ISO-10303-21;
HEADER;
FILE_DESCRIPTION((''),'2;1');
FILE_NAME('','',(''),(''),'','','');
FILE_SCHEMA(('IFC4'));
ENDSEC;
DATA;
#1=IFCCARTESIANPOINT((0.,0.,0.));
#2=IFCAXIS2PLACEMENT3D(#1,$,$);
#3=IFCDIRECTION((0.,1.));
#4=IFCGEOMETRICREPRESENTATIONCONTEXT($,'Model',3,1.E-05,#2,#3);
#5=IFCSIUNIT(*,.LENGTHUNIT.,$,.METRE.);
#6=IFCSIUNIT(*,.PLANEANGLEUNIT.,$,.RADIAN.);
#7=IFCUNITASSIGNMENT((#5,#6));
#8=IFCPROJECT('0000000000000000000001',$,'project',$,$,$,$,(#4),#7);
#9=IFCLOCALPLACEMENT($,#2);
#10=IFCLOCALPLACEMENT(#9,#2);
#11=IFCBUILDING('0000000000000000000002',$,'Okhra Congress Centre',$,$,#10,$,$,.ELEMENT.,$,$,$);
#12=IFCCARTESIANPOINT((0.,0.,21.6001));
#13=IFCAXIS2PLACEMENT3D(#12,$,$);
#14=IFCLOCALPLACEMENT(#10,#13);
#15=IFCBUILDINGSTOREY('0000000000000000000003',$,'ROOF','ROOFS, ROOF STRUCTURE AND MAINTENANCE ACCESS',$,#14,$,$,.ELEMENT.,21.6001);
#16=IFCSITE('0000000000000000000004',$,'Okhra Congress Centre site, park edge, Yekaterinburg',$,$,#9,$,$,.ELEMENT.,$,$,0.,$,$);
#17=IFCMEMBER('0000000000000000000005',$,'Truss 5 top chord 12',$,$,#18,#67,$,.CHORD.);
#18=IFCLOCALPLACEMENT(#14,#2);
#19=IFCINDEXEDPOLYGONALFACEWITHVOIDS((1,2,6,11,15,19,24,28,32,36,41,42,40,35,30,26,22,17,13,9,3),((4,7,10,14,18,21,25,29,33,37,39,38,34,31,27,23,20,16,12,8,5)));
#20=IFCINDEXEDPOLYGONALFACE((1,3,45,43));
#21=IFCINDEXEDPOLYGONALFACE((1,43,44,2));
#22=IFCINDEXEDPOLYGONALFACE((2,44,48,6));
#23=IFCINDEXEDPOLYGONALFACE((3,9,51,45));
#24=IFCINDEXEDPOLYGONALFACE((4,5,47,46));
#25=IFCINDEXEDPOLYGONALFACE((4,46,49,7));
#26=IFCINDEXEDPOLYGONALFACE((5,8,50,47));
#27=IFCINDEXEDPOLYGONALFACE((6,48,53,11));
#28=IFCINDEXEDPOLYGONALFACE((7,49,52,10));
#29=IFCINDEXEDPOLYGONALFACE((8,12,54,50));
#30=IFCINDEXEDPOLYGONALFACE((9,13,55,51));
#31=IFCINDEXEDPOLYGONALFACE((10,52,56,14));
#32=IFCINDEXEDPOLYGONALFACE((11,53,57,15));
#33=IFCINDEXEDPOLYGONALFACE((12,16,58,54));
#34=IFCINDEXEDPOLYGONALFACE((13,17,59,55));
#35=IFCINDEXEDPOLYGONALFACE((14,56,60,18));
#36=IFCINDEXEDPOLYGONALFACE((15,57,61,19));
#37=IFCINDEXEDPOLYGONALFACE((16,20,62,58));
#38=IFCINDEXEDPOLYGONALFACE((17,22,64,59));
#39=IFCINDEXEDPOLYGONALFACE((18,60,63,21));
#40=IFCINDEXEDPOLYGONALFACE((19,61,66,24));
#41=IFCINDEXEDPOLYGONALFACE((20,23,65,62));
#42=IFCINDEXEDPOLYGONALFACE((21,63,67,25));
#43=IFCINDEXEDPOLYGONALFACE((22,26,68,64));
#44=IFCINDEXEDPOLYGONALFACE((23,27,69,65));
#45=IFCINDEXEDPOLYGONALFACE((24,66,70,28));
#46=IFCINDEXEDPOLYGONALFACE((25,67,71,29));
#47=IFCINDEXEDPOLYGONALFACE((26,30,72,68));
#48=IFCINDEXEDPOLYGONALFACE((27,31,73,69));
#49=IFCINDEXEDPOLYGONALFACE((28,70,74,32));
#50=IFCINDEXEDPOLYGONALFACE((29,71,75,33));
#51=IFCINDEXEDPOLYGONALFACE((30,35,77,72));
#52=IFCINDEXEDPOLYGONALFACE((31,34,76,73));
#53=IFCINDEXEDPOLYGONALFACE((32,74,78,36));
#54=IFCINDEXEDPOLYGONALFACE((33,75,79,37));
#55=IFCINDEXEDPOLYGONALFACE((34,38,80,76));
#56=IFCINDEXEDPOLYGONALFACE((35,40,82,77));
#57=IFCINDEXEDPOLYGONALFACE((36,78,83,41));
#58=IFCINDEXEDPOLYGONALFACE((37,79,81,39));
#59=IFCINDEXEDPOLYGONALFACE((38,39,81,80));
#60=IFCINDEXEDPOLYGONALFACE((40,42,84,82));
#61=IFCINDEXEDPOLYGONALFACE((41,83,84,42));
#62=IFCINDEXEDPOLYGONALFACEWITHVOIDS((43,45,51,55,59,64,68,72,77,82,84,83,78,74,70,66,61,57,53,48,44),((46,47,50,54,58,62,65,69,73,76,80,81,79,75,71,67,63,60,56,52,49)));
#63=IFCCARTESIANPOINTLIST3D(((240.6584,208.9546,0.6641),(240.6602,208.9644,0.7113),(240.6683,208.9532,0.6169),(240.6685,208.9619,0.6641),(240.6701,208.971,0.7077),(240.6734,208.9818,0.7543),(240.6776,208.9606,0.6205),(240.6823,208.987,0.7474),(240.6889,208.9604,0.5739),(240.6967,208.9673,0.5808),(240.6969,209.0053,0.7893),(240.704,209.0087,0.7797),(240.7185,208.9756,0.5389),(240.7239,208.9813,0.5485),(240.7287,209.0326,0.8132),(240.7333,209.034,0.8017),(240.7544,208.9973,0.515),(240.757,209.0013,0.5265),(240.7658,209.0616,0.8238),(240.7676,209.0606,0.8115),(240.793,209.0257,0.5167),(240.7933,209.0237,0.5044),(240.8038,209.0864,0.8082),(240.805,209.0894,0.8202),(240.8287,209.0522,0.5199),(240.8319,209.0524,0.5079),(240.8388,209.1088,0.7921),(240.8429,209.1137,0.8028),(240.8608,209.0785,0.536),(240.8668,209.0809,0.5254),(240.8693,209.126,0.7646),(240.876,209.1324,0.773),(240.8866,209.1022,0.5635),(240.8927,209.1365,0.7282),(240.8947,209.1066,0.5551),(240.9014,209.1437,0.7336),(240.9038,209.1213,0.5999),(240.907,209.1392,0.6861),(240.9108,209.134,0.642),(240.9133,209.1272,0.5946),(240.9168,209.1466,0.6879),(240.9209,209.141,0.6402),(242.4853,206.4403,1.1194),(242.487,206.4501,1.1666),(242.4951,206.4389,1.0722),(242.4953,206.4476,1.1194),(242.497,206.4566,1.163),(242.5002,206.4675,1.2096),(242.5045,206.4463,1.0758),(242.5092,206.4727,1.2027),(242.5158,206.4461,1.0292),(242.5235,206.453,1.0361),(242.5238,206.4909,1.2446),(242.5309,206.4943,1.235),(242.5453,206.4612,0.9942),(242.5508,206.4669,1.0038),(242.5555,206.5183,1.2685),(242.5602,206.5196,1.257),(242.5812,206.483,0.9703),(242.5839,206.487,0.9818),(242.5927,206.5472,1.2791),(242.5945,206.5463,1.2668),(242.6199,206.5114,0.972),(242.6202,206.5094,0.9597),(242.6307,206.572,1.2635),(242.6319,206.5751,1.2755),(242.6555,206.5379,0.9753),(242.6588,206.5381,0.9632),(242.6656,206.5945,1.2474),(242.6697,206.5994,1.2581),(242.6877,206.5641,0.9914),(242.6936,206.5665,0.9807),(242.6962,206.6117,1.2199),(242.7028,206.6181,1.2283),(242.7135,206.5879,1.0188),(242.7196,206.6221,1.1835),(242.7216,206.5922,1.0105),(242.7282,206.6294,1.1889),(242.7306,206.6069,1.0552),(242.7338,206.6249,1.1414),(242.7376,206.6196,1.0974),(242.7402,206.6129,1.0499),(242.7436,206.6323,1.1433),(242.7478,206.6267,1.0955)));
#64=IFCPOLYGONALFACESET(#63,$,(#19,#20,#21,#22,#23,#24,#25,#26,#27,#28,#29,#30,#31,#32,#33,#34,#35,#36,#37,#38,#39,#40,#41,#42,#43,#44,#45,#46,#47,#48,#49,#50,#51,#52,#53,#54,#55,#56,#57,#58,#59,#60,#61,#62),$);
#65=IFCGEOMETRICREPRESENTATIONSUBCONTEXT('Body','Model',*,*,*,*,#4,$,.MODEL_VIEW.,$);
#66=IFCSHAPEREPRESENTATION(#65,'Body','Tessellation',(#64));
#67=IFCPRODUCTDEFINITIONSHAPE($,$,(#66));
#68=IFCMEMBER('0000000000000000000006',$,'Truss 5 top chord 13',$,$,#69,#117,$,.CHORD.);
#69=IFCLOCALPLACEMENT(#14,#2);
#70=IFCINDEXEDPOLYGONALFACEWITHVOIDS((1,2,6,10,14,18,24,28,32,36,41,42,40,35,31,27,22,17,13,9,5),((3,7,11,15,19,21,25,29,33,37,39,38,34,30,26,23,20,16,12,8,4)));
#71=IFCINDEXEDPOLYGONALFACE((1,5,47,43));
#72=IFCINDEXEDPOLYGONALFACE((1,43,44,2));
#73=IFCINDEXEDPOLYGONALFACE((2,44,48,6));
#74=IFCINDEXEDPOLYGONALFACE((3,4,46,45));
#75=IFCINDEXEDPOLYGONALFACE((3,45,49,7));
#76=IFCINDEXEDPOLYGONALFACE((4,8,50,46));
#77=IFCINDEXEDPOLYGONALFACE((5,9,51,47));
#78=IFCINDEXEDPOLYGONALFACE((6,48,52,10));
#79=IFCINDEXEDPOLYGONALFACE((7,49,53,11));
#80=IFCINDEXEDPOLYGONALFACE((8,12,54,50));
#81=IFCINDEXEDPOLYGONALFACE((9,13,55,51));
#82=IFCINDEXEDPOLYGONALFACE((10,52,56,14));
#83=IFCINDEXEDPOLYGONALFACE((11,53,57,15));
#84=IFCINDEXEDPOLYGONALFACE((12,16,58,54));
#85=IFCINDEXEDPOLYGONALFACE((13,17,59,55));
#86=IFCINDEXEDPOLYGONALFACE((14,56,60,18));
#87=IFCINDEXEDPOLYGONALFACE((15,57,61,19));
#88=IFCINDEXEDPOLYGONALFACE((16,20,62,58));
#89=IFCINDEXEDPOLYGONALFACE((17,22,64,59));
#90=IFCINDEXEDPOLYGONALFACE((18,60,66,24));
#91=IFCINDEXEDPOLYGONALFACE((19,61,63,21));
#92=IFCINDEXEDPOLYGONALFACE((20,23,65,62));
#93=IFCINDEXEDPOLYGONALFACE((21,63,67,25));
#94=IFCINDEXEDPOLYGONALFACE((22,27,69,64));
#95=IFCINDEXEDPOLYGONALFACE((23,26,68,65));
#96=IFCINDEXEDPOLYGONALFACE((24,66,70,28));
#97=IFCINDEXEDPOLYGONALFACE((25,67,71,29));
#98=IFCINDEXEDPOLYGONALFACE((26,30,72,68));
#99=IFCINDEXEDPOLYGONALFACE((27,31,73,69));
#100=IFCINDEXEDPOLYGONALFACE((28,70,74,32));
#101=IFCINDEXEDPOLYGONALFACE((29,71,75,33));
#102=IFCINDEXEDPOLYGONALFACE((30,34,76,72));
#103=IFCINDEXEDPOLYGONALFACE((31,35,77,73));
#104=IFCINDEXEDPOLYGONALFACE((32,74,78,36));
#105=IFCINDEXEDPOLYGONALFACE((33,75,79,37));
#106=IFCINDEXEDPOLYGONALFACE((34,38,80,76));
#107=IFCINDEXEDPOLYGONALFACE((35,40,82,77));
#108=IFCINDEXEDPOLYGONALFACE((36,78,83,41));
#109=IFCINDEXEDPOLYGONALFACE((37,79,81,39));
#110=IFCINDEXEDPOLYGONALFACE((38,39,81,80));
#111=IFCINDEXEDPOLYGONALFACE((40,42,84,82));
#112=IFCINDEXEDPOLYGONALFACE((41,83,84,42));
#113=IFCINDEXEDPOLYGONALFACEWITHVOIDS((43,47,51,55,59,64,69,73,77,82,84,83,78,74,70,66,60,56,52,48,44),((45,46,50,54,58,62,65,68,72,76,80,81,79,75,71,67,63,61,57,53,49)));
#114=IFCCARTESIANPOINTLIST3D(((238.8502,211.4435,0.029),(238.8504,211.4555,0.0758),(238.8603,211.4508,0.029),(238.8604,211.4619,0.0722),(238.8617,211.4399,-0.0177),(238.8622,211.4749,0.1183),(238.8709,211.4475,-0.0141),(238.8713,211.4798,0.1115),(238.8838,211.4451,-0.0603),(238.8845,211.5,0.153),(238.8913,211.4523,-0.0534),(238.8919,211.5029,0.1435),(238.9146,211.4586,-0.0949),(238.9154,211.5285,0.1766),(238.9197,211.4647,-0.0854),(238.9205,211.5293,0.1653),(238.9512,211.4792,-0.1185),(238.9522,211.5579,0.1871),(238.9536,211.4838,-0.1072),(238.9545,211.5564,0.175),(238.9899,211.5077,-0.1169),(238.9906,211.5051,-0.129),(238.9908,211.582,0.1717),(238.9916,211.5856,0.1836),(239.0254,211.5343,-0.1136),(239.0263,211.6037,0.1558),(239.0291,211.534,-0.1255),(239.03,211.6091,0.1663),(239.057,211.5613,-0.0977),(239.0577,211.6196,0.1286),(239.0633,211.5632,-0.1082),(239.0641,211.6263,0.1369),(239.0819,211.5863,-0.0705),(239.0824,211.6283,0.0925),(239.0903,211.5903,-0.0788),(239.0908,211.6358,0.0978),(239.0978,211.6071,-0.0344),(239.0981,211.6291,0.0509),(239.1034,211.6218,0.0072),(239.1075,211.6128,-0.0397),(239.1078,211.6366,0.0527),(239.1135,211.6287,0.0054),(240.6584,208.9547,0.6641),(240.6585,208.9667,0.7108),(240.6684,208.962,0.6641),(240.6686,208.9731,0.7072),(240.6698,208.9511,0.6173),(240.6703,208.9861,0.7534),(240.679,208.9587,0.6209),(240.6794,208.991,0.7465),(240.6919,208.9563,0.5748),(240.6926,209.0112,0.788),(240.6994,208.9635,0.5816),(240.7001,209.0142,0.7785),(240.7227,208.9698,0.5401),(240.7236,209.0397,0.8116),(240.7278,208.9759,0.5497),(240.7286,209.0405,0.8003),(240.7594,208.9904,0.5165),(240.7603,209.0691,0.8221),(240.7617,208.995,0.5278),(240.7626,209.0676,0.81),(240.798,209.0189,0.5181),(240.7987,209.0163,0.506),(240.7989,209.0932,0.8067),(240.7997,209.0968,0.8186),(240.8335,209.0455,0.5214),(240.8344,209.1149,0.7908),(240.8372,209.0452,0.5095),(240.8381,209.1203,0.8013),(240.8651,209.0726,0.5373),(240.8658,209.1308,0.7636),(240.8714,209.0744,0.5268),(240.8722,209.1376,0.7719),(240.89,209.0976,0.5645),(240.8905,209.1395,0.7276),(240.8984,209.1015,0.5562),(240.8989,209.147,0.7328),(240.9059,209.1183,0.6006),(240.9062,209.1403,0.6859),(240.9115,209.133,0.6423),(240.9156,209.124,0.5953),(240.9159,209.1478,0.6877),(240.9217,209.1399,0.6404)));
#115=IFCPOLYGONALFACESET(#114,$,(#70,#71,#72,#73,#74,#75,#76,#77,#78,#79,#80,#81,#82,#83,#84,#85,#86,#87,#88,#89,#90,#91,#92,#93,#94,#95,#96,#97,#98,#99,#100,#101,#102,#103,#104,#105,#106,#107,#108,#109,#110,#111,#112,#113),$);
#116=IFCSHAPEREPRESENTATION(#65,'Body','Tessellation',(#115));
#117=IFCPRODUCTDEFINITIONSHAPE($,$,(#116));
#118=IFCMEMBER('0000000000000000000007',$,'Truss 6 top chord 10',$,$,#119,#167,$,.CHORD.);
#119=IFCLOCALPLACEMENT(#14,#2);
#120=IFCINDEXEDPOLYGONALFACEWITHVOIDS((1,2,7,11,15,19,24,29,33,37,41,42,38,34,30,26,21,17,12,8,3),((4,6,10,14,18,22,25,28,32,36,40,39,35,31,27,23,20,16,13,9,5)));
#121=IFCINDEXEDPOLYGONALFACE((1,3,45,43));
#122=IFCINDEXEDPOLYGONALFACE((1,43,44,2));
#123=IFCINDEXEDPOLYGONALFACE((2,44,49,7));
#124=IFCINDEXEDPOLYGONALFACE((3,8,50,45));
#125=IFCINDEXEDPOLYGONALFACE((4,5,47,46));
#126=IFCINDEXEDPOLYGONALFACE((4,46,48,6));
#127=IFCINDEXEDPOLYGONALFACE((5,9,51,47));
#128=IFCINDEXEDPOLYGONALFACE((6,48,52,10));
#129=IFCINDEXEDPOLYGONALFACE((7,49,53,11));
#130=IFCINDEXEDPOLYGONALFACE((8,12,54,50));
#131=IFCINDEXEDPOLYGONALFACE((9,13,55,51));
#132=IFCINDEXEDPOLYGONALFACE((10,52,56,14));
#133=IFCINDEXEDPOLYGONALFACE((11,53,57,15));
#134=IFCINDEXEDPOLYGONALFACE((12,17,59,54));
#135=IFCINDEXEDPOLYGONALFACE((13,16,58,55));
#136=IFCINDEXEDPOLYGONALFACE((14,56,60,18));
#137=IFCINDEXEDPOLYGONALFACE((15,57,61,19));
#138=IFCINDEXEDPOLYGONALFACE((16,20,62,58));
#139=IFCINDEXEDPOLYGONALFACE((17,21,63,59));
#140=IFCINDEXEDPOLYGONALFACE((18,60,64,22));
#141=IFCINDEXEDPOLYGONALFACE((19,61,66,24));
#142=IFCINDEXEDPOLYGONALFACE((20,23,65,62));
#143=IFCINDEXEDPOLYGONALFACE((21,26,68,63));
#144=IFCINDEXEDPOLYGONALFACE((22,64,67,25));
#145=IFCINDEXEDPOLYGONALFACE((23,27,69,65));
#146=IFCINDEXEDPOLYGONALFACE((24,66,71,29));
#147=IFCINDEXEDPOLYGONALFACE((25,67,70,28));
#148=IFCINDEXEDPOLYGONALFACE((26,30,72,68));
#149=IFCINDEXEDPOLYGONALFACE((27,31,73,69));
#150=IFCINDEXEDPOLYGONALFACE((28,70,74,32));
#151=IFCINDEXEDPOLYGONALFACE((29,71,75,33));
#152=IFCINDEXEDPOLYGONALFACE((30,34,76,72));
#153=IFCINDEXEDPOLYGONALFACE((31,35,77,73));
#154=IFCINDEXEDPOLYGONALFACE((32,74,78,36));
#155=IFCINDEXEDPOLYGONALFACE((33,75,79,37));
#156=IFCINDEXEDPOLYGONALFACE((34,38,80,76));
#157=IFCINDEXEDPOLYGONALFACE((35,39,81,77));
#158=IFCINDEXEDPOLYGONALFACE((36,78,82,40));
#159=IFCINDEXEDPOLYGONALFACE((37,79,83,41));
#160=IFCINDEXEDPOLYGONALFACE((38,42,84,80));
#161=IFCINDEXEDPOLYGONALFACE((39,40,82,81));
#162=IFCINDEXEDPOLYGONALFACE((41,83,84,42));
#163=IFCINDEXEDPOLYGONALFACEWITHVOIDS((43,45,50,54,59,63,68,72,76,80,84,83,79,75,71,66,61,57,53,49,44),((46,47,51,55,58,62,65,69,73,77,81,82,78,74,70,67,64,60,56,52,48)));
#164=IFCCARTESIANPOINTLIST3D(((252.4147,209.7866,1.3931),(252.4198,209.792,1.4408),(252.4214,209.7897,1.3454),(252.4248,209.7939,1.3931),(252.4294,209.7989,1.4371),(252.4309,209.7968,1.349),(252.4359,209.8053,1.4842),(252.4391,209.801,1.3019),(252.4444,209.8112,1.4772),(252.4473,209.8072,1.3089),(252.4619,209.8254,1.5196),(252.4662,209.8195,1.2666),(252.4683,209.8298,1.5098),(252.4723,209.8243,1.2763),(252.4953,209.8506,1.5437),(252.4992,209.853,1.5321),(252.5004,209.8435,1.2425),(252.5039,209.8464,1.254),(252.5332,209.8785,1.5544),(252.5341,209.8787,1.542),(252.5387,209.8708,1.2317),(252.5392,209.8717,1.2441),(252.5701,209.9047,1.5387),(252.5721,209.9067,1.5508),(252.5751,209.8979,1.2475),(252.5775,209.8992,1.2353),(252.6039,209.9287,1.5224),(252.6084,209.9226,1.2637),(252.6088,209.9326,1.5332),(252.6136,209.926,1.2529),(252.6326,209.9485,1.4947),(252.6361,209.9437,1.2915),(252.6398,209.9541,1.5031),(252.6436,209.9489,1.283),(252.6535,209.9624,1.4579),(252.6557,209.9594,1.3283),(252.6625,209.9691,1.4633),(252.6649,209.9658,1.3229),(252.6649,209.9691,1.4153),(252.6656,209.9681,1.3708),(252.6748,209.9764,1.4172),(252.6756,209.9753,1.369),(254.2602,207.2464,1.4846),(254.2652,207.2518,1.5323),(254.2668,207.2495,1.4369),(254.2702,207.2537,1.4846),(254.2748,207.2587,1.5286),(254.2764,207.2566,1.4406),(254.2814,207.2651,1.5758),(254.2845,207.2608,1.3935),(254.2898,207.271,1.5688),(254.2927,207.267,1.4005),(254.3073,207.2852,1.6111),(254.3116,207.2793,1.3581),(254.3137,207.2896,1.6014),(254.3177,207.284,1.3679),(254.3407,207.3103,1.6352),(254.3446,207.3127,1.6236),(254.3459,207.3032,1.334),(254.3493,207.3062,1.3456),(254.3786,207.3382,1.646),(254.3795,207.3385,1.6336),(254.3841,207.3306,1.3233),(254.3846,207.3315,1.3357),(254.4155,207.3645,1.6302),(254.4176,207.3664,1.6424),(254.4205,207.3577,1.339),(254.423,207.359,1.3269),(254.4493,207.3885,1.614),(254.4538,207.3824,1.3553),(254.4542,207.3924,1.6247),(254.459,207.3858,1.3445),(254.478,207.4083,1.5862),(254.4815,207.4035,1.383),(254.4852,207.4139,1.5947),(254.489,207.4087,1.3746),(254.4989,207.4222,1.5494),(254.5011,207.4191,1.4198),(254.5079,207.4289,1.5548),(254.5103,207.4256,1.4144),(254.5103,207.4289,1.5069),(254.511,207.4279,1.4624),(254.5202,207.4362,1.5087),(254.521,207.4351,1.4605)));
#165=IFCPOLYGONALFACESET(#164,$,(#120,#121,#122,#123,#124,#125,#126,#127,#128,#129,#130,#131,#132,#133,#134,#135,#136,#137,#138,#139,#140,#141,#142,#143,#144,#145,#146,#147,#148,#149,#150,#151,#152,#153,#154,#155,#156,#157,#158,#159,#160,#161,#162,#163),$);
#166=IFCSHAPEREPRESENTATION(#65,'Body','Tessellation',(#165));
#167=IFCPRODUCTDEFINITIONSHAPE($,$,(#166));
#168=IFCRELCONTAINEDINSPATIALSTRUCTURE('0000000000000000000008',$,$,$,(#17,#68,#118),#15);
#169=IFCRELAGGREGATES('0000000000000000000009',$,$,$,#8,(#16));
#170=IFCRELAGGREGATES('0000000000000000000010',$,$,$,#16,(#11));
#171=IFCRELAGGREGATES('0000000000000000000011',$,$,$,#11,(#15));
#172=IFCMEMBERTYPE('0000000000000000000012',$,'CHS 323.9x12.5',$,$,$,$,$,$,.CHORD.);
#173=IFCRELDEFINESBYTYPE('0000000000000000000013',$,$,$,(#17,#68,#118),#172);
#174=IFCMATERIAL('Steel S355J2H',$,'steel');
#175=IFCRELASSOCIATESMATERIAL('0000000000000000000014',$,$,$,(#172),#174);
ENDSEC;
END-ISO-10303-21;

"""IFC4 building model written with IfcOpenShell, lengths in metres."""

from ifc_helpers import new_model, si_unit, direction, frame, origin, origin_2d, place, context, subcontext, project, spatial, hollow_circle, extrude, material, material_profile, profile_set, type_object, element, save


model = new_model("IFC4")

# Units and contexts
model_context = context("Model", 3, precision=1e-05, world=origin(), true_north=direction((0.0, 1.0)))
body_context = subcontext(model_context, "Body", "Model", "MODEL_VIEW")
ifc_project = project(units=[si_unit("LENGTHUNIT", "METRE"), si_unit("PLANEANGLEUNIT", "RADIAN")], contexts=[model_context])

# Site, building, storey
site_placement = place(None, origin())
site = spatial("IfcSite", under=ifc_project, at=site_placement, Name="Okhra Congress Centre site, park edge, Yekaterinburg", CompositionType="ELEMENT", RefElevation=0.0)
building_placement = place(site_placement, origin())
building = spatial("IfcBuilding", under=site, at=building_placement, Name="Okhra Congress Centre", CompositionType="ELEMENT")
storey_placement = place(building_placement, frame((0.0, 0.0, 21.6001)))
storey = spatial("IfcBuildingStorey", under=building, at=storey_placement, Name="ROOF", Description="ROOFS, ROOF STRUCTURE AND MAINTENANCE ACCESS", CompositionType="ELEMENT", Elevation=21.6001)

# Members
ifc_material_1 = material(Name="Steel S355J2H", Category="steel")
ifc_material_profile_1 = material_profile(ifc_material_1, hollow_circle(Radius=0.1619, WallThickness=0.0125, at=origin_2d()), Name="CHS 323.9x12.5")
ifc_profile_set_1 = profile_set([ifc_material_profile_1], Name="Steel S355J2H")
member_type_1 = type_object("IfcMemberType", Name="CHS 323.9x12.5", PredefinedType="CHORD", material=ifc_profile_set_1)
for number, where, z_axis, x_axis, name in (
    (1, (242.6162, 206.5354, 1.1194), (-0.581595, 0.80046, -0.144952), (-0.809004, -0.587803, 0.0), "Truss 5 top chord 12"),
    (2, (240.7893, 209.0498, 0.6641), (-0.57563, 0.792326, -0.202162), (-0.809031, -0.587766, 0.0), "Truss 5 top chord 13"),
    (3, (254.3911, 207.3416, 1.4846), (-0.587501, 0.808698, -0.029146), (-0.809042, -0.587751, 0.0), "Truss 6 top chord 10"),
):
    element("IfcMember", number, at=place(storey_placement, frame(where, z_axis=z_axis, x_axis=x_axis)), inside=storey, type_object=member_type_1, Name=name, PredefinedType="CHORD", context=body_context, shape_type="SweptSolid", body=[
        extrude(hollow_circle(Radius=0.1619, WallThickness=0.0125, at=origin_2d()), origin(), (0.0, 0.0, 1.0), 3.1411),
    ])

save(model, "model.ifc")
